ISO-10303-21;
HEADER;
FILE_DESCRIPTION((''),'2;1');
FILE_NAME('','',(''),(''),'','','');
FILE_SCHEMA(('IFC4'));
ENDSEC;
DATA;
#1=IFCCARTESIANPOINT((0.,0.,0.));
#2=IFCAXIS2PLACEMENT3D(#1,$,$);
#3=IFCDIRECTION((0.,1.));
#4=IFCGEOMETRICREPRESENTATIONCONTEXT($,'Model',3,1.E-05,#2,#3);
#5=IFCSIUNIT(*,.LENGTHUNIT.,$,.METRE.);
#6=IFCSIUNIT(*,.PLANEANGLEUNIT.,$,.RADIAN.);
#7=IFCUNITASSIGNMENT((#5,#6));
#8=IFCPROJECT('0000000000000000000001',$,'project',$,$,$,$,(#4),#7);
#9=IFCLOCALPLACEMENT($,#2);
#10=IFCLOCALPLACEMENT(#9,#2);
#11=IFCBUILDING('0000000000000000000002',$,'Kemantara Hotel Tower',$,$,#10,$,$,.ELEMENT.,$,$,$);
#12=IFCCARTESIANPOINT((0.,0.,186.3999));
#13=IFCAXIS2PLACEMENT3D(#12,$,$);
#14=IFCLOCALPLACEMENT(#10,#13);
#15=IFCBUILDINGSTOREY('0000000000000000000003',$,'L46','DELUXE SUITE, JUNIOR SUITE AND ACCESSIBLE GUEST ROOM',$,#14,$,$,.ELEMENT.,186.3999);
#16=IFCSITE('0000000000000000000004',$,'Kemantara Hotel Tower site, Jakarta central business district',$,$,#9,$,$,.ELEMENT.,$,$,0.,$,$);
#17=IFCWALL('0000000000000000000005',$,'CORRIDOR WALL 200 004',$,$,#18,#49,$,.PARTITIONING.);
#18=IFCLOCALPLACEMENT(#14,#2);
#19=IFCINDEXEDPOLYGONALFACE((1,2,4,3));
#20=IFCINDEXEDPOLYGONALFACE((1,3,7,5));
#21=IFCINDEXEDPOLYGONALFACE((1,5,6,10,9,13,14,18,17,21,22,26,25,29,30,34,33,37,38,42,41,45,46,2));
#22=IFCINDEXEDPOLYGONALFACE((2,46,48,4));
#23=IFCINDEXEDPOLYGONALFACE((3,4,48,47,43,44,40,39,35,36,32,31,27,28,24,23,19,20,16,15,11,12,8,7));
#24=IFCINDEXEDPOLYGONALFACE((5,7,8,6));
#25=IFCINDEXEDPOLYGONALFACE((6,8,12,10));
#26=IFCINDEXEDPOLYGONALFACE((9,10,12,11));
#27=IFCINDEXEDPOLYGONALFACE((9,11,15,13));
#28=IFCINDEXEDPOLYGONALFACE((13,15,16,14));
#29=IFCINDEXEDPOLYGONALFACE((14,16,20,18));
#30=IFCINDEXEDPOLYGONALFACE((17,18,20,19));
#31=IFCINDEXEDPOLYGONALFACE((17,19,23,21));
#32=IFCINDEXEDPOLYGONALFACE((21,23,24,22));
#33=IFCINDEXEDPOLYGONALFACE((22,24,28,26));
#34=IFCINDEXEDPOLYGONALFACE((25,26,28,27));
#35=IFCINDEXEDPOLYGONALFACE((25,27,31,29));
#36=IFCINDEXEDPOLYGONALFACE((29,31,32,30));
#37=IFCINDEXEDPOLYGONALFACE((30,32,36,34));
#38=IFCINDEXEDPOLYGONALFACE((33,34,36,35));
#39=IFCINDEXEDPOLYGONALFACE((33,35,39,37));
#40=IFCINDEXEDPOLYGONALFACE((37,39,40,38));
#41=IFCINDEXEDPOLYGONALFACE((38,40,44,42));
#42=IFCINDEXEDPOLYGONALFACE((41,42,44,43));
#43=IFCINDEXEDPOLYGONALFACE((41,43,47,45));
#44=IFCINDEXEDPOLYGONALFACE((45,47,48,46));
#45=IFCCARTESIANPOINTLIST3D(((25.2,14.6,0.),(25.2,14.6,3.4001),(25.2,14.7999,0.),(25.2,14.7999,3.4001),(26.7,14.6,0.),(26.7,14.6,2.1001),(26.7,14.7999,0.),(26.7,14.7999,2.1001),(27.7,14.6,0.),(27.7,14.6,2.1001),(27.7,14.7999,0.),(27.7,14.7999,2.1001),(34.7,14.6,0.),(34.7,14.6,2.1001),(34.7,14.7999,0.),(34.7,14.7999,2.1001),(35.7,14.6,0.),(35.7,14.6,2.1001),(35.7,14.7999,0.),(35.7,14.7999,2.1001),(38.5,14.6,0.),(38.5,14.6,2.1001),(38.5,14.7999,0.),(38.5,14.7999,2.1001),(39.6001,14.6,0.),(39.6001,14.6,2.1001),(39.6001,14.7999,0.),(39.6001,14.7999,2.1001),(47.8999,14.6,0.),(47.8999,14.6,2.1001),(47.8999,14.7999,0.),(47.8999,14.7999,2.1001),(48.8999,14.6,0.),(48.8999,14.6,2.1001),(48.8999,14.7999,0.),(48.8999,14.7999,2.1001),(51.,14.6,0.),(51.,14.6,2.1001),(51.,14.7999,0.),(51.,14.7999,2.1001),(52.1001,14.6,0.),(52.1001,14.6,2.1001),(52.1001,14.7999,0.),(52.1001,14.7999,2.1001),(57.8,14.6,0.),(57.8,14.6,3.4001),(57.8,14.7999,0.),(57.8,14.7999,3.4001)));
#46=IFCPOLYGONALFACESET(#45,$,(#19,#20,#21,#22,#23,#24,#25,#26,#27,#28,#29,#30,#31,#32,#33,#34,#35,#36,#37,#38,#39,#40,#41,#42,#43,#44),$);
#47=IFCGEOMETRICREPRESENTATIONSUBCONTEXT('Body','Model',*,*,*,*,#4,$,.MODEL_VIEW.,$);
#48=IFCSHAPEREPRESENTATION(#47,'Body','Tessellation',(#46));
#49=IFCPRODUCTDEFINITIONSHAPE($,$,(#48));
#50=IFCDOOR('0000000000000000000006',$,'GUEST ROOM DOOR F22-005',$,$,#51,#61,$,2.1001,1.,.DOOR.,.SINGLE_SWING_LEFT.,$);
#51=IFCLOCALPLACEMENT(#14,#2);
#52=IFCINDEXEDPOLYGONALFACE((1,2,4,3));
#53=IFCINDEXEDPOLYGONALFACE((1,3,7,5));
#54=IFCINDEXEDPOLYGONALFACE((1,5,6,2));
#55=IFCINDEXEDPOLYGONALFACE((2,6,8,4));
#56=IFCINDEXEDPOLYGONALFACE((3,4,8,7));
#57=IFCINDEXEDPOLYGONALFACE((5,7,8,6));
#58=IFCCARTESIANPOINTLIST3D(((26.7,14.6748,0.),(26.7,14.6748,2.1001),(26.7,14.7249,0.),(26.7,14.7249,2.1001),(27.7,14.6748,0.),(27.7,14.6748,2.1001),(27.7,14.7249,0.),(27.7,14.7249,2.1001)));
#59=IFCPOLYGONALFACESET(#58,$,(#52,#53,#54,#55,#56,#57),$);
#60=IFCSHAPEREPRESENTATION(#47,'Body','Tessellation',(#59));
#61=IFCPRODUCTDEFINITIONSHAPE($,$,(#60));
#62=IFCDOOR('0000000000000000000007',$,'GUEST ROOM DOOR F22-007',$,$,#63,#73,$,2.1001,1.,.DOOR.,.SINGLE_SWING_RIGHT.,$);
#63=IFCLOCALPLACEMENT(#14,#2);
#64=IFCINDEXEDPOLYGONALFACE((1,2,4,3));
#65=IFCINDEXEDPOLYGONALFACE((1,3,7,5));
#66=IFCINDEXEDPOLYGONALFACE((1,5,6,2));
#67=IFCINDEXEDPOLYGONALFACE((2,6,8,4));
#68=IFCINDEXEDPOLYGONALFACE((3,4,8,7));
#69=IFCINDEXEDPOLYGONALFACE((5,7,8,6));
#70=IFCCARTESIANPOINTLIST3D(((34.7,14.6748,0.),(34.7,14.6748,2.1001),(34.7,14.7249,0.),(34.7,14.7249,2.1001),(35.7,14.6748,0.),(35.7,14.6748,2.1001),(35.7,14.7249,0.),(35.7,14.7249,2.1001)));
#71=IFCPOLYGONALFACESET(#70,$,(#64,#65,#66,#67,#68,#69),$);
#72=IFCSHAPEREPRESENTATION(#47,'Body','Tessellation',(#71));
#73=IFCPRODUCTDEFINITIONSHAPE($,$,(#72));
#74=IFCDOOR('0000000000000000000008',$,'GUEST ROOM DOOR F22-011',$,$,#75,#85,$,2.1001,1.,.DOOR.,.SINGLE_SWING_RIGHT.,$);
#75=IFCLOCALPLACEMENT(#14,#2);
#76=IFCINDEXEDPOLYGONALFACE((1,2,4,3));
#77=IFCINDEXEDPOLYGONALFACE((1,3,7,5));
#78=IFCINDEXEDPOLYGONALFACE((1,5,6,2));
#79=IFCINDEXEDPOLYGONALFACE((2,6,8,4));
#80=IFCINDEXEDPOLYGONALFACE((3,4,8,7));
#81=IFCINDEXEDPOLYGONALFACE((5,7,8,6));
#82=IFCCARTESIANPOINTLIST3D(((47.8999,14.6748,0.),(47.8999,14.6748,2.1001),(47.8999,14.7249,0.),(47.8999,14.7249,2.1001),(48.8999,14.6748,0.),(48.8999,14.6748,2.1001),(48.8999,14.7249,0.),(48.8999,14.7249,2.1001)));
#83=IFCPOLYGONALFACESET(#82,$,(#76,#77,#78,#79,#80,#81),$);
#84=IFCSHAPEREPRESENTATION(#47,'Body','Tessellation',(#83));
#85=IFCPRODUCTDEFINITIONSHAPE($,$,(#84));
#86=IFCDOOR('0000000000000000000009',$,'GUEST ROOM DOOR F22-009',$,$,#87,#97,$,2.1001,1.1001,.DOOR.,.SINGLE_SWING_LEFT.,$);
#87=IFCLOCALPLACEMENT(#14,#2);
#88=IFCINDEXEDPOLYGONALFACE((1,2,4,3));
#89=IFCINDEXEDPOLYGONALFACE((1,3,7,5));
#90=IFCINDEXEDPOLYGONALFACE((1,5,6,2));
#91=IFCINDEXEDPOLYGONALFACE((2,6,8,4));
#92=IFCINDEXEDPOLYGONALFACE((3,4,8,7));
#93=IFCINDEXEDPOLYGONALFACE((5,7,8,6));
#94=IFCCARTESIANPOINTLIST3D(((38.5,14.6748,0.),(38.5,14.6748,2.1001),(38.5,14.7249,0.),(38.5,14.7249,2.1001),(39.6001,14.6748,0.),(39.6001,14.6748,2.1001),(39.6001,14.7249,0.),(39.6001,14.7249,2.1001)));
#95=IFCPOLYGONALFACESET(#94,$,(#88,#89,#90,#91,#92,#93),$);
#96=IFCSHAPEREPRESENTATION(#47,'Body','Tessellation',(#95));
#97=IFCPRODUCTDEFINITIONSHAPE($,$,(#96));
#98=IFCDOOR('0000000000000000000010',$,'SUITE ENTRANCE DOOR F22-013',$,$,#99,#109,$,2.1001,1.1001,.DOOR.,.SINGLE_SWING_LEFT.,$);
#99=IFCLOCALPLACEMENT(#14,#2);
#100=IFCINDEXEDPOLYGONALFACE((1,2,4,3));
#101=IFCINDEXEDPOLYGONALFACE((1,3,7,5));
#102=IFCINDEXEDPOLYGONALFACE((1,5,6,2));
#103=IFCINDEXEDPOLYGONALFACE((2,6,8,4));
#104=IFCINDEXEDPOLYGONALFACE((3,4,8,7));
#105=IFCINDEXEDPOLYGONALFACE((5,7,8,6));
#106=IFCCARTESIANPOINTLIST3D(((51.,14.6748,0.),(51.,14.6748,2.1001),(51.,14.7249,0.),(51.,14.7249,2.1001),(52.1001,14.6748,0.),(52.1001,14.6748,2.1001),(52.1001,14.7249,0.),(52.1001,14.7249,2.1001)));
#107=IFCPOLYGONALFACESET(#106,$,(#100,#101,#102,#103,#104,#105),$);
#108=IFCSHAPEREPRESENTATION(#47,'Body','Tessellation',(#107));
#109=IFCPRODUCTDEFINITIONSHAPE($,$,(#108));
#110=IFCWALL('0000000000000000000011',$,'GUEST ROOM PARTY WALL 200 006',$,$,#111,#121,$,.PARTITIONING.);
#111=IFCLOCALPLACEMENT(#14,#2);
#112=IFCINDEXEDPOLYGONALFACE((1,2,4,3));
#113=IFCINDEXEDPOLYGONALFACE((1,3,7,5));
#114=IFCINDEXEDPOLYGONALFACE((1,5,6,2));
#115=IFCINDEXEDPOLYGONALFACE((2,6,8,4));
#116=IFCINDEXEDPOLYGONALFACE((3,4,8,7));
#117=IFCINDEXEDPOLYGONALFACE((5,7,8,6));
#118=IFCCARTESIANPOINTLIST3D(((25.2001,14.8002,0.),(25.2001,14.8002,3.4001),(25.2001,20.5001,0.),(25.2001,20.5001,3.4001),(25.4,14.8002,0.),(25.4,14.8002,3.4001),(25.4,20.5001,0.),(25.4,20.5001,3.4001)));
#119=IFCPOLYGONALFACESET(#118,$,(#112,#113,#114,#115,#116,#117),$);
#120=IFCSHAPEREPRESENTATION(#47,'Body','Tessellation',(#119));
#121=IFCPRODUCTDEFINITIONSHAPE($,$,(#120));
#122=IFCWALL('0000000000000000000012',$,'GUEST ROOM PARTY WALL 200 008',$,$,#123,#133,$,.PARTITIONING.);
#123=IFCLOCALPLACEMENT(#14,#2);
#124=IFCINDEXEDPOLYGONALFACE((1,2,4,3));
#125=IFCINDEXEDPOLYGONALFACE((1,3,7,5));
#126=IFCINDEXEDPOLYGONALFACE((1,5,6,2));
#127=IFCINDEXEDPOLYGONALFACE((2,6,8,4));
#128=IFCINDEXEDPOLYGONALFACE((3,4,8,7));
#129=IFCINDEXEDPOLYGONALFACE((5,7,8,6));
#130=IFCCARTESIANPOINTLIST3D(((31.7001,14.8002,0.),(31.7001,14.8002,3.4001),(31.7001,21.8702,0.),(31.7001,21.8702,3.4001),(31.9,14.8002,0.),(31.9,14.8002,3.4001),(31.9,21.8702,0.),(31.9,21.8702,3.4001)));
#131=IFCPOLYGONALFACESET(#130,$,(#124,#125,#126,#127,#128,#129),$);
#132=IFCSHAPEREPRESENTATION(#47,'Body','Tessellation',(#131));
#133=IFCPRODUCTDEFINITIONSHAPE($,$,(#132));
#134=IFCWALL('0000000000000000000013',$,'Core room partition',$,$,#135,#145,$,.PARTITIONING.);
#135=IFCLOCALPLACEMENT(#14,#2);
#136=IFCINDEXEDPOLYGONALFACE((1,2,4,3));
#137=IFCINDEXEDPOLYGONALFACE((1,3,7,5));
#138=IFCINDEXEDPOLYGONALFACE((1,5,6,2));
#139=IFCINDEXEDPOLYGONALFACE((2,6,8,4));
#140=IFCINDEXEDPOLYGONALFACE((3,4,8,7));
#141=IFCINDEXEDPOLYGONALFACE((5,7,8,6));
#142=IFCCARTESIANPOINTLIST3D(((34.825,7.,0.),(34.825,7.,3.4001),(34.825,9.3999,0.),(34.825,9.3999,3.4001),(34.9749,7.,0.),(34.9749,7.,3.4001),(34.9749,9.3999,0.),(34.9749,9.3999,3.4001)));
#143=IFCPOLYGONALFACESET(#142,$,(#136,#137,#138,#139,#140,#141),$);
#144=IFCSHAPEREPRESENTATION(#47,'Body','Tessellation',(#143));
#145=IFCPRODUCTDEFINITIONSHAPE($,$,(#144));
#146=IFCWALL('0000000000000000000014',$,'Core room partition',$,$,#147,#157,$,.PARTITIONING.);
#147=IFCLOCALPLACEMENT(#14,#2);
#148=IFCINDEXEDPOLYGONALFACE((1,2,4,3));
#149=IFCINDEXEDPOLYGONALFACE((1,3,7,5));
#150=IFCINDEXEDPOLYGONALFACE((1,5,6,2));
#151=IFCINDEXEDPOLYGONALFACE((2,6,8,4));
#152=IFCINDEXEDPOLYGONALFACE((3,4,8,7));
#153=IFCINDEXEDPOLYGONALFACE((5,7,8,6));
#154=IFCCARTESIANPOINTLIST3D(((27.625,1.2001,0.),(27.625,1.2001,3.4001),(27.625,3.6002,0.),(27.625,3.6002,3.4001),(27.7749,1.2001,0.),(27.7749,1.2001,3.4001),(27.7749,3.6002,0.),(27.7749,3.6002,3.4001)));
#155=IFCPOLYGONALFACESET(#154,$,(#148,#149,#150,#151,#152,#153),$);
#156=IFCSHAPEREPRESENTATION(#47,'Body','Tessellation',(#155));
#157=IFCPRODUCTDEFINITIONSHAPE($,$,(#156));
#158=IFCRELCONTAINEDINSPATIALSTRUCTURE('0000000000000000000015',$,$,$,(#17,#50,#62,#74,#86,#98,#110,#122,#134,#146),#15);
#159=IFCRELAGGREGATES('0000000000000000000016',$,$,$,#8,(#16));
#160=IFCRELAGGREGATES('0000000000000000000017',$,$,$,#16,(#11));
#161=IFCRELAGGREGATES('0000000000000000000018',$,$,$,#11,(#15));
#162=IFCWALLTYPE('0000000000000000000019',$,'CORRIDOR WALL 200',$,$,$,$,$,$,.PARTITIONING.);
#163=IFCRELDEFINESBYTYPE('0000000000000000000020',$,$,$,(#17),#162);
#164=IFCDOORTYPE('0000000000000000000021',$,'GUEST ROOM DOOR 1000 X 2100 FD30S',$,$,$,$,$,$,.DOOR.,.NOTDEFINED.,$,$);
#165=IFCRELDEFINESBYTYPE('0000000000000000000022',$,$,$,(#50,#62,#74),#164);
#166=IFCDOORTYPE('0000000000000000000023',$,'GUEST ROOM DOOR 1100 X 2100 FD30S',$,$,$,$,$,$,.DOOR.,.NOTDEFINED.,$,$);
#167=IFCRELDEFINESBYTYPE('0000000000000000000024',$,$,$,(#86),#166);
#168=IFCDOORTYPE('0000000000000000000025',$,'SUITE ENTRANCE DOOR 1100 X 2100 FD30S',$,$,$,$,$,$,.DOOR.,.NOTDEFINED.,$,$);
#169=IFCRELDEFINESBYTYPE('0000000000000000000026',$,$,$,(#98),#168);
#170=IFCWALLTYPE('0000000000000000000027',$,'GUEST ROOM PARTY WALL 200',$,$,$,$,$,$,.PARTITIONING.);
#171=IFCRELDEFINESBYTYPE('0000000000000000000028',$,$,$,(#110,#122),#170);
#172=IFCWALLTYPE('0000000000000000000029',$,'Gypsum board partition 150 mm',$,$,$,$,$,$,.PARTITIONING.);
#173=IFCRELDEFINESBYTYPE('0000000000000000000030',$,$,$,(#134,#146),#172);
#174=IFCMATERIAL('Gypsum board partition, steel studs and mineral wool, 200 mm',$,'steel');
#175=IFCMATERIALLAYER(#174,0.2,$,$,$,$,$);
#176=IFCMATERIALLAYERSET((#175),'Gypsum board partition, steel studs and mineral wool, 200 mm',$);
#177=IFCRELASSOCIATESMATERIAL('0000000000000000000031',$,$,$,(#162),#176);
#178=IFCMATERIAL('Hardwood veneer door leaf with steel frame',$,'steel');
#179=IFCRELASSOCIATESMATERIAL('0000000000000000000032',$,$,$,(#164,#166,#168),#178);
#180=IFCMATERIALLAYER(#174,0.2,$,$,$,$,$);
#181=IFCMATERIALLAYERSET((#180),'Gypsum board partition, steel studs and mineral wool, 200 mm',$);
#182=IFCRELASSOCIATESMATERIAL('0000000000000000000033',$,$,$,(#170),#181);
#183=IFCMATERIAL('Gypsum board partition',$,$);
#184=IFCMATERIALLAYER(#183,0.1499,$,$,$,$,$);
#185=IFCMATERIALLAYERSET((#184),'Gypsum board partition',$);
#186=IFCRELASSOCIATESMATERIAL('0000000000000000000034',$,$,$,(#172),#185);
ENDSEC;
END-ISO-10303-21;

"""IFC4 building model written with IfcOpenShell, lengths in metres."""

from ifc_helpers import new_model, si_unit, direction, frame, frame_2d, origin, place, context, subcontext, project, spatial, rectangle, extrude, material, layer, layer_set, type_object, element, fill, save


model = new_model("IFC4")

# Units and contexts
model_context = context("Model", 3, precision=1e-05, world=origin(), true_north=direction((0.0, 1.0)))
body_context = subcontext(model_context, "Body", "Model", "MODEL_VIEW")
ifc_project = project(units=[si_unit("LENGTHUNIT", "METRE"), si_unit("PLANEANGLEUNIT", "RADIAN")], contexts=[model_context])

# Site, building, storey
site_placement = place(None, origin())
site = spatial("IfcSite", under=ifc_project, at=site_placement, Name="Kemantara Hotel Tower site, Jakarta central business district", CompositionType="ELEMENT", RefElevation=0.0)
building_placement = place(site_placement, origin())
building = spatial("IfcBuilding", under=site, at=building_placement, Name="Kemantara Hotel Tower", CompositionType="ELEMENT")
storey_placement = place(building_placement, frame((0.0, 0.0, 186.3999)))
storey = spatial("IfcBuildingStorey", under=building, at=storey_placement, Name="L46", Description="DELUXE SUITE, JUNIOR SUITE AND ACCESSIBLE GUEST ROOM", CompositionType="ELEMENT", Elevation=186.3999)

# Wall, openings, doors
ifc_material_1 = material(Name="Gypsum board partition, steel studs and mineral wool, 200 mm", Category="steel")
ifc_layer_1 = layer(ifc_material_1, 0.2)
ifc_layer_set_1 = layer_set([ifc_layer_1], Name="Gypsum board partition, steel studs and mineral wool, 200 mm")
wall_type_1 = type_object("IfcWallType", Name="CORRIDOR WALL 200", PredefinedType="PARTITIONING", material=ifc_layer_set_1)
wall_1_placement = place(storey_placement, frame((25.2, 14.7, 0.0), z_axis=(0.0, 0.0, 1.0), x_axis=(1.0, 0.0, 0.0)))
wall_1 = element("IfcWall", 1, at=wall_1_placement, inside=storey, type_object=wall_type_1, Name="CORRIDOR WALL 200 004", PredefinedType="PARTITIONING", context=body_context, shape_type="SweptSolid", body=[
    extrude(rectangle(XDim=32.6001, YDim=0.2, at=frame_2d((16.3, 0.0))), origin(), (0.0, 0.0, 1.0), 3.4001),
])
opening_1_placement = place(wall_1_placement, frame((1.5, 0.0, 0.0)))
opening_1 = element("IfcOpeningElement", 2, at=opening_1_placement, cuts=wall_1, PredefinedType="OPENING", context=body_context, shape_type="SweptSolid", body=[
    extrude(rectangle(XDim=1.0, YDim=2.1001, at=frame_2d((0.5, 1.05))), frame((0.0, 0.1099, 0.0), z_axis=(0.0, -1.0, 0.0), x_axis=(1.0, 0.0, 0.0)), (0.0, 0.0, 1.0), 0.22),
])
opening_2_placement = place(wall_1_placement, frame((9.5, 0.0, 0.0)))
opening_2 = element("IfcOpeningElement", 3, at=opening_2_placement, cuts=wall_1, PredefinedType="OPENING", context=body_context, shape_type="SweptSolid", body=[
    extrude(rectangle(XDim=1.0, YDim=2.1001, at=frame_2d((0.5, 1.05))), frame((0.0, 0.1099, 0.0), z_axis=(0.0, -1.0, 0.0), x_axis=(1.0, 0.0, 0.0)), (0.0, 0.0, 1.0), 0.22),
])
opening_3_placement = place(wall_1_placement, frame((13.3, 0.0, 0.0)))
opening_3 = element("IfcOpeningElement", 4, at=opening_3_placement, cuts=wall_1, PredefinedType="OPENING", context=body_context, shape_type="SweptSolid", body=[
    extrude(rectangle(XDim=1.1001, YDim=2.1001, at=frame_2d((0.55, 1.05))), frame((0.0, 0.1099, 0.0), z_axis=(0.0, -1.0, 0.0), x_axis=(1.0, 0.0, 0.0)), (0.0, 0.0, 1.0), 0.22),
])
opening_4_placement = place(wall_1_placement, frame((22.7, 0.0, 0.0)))
opening_4 = element("IfcOpeningElement", 5, at=opening_4_placement, cuts=wall_1, PredefinedType="OPENING", context=body_context, shape_type="SweptSolid", body=[
    extrude(rectangle(XDim=1.0, YDim=2.1001, at=frame_2d((0.5, 1.05))), frame((0.0, 0.1099, 0.0), z_axis=(0.0, -1.0, 0.0), x_axis=(1.0, 0.0, 0.0)), (0.0, 0.0, 1.0), 0.22),
])
opening_5_placement = place(wall_1_placement, frame((25.8, 0.0, 0.0)))
opening_5 = element("IfcOpeningElement", 6, at=opening_5_placement, cuts=wall_1, PredefinedType="OPENING", context=body_context, shape_type="SweptSolid", body=[
    extrude(rectangle(XDim=1.1001, YDim=2.1001, at=frame_2d((0.55, 1.05))), frame((0.0, 0.1099, 0.0), z_axis=(0.0, -1.0, 0.0), x_axis=(1.0, 0.0, 0.0)), (0.0, 0.0, 1.0), 0.22),
])
ifc_material_2 = material(Name="Hardwood veneer door leaf with steel frame", Category="steel")
door_type_1 = type_object("IfcDoorType", Name="GUEST ROOM DOOR 1000 X 2100 FD30S", OperationType="NOTDEFINED", PredefinedType="DOOR", material=ifc_material_2)
door_1_placement = place(opening_1_placement, origin())
door_1 = element("IfcDoor", 7, at=door_1_placement, inside=storey, type_object=door_type_1, Name="GUEST ROOM DOOR F22-005", OperationType="SINGLE_SWING_LEFT", OverallHeight=2.1001, OverallWidth=1.0, PredefinedType="DOOR", context=body_context, shape_type="SweptSolid", body=[
    extrude(rectangle(XDim=1.0, YDim=2.1001, at=frame_2d((0.5, 1.05))), frame((0.0, 0.0249, 0.0), z_axis=(0.0, -1.0, 0.0), x_axis=(1.0, 0.0, 0.0)), (0.0, 0.0, 1.0), 0.05),
])
fill(opening_1, door_1)
door_2_placement = place(opening_2_placement, origin())
door_2 = element("IfcDoor", 8, at=door_2_placement, inside=storey, type_object=door_type_1, Name="GUEST ROOM DOOR F22-007", OperationType="SINGLE_SWING_RIGHT", OverallHeight=2.1001, OverallWidth=1.0, PredefinedType="DOOR", context=body_context, shape_type="SweptSolid", body=[
    extrude(rectangle(XDim=1.0, YDim=2.1001, at=frame_2d((0.5, 1.05))), frame((0.0, 0.0249, 0.0), z_axis=(0.0, -1.0, 0.0), x_axis=(1.0, 0.0, 0.0)), (0.0, 0.0, 1.0), 0.05),
])
fill(opening_2, door_2)
door_3_placement = place(opening_4_placement, origin())
door_3 = element("IfcDoor", 9, at=door_3_placement, inside=storey, type_object=door_type_1, Name="GUEST ROOM DOOR F22-011", OperationType="SINGLE_SWING_RIGHT", OverallHeight=2.1001, OverallWidth=1.0, PredefinedType="DOOR", context=body_context, shape_type="SweptSolid", body=[
    extrude(rectangle(XDim=1.0, YDim=2.1001, at=frame_2d((0.5, 1.05))), frame((0.0, 0.0249, 0.0), z_axis=(0.0, -1.0, 0.0), x_axis=(1.0, 0.0, 0.0)), (0.0, 0.0, 1.0), 0.05),
])
fill(opening_4, door_3)
door_type_2 = type_object("IfcDoorType", Name="GUEST ROOM DOOR 1100 X 2100 FD30S", OperationType="NOTDEFINED", PredefinedType="DOOR", material=ifc_material_2)
door_4_placement = place(opening_3_placement, origin())
door_4 = element("IfcDoor", 10, at=door_4_placement, inside=storey, type_object=door_type_2, Name="GUEST ROOM DOOR F22-009", OperationType="SINGLE_SWING_LEFT", OverallHeight=2.1001, OverallWidth=1.1001, PredefinedType="DOOR", context=body_context, shape_type="SweptSolid", body=[
    extrude(rectangle(XDim=1.1001, YDim=2.1001, at=frame_2d((0.55, 1.05))), frame((0.0, 0.0249, 0.0), z_axis=(0.0, -1.0, 0.0), x_axis=(1.0, 0.0, 0.0)), (0.0, 0.0, 1.0), 0.05),
])
fill(opening_3, door_4)
door_type_3 = type_object("IfcDoorType", Name="SUITE ENTRANCE DOOR 1100 X 2100 FD30S", OperationType="NOTDEFINED", PredefinedType="DOOR", material=ifc_material_2)
door_5_placement = place(opening_5_placement, origin())
door_5 = element("IfcDoor", 11, at=door_5_placement, inside=storey, type_object=door_type_3, Name="SUITE ENTRANCE DOOR F22-013", OperationType="SINGLE_SWING_LEFT", OverallHeight=2.1001, OverallWidth=1.1001, PredefinedType="DOOR", context=body_context, shape_type="SweptSolid", body=[
    extrude(rectangle(XDim=1.1001, YDim=2.1001, at=frame_2d((0.55, 1.05))), frame((0.0, 0.0249, 0.0), z_axis=(0.0, -1.0, 0.0), x_axis=(1.0, 0.0, 0.0)), (0.0, 0.0, 1.0), 0.05),
])
fill(opening_5, door_5)

# Walls
ifc_layer_2 = layer(ifc_material_1, 0.2)
ifc_layer_set_2 = layer_set([ifc_layer_2], Name="Gypsum board partition, steel studs and mineral wool, 200 mm")
wall_type_2 = type_object("IfcWallType", Name="GUEST ROOM PARTY WALL 200", PredefinedType="PARTITIONING", material=ifc_layer_set_2)
wall_2_placement = place(storey_placement, frame((25.3, 14.8, 0.0), z_axis=(0.0, 0.0, 1.0), x_axis=(0.0, 1.0, 0.0)))
element("IfcWall", 12, at=wall_2_placement, inside=storey, type_object=wall_type_2, Name="GUEST ROOM PARTY WALL 200 006", PredefinedType="PARTITIONING", context=body_context, shape_type="SweptSolid", body=[
    extrude(rectangle(XDim=5.7, YDim=0.2, at=frame_2d((2.8501, 0.0))), origin(), (0.0, 0.0, 1.0), 3.4001),
])
wall_3_placement = place(storey_placement, frame((31.8, 14.8, 0.0), z_axis=(0.0, 0.0, 1.0), x_axis=(0.0, 1.0, 0.0)))
element("IfcWall", 13, at=wall_3_placement, inside=storey, type_object=wall_type_2, Name="GUEST ROOM PARTY WALL 200 008", PredefinedType="PARTITIONING", context=body_context, shape_type="SweptSolid", body=[
    extrude(rectangle(XDim=7.0701, YDim=0.2, at=frame_2d((3.5352, 0.0))), origin(), (0.0, 0.0, 1.0), 3.4001),
])
ifc_material_3 = material(Name="Gypsum board partition")
ifc_layer_3 = layer(ifc_material_3, 0.1499)
ifc_layer_set_3 = layer_set([ifc_layer_3], Name="Gypsum board partition")
wall_type_3 = type_object("IfcWallType", Name="Gypsum board partition 150 mm", PredefinedType="PARTITIONING", material=ifc_layer_set_3)
wall_4_placement = place(storey_placement, frame((34.8999, 7.0, 0.0), z_axis=(0.0, 0.0, 1.0), x_axis=(0.0, 1.0, 0.0)))
element("IfcWall", 14, at=wall_4_placement, inside=storey, type_object=wall_type_3, Name="Core room partition", PredefinedType="PARTITIONING", context=body_context, shape_type="SweptSolid", body=[
    extrude(rectangle(XDim=2.3999, YDim=0.1499, at=frame_2d((1.2, 0.0))), origin(), (0.0, 0.0, 1.0), 3.4001),
])
wall_5_placement = place(storey_placement, frame((27.7, 1.2, 0.0), z_axis=(0.0, 0.0, 1.0), x_axis=(0.0, 1.0, 0.0)))
element("IfcWall", 15, at=wall_5_placement, inside=storey, type_object=wall_type_3, Name="Core room partition", PredefinedType="PARTITIONING", context=body_context, shape_type="SweptSolid", body=[
    extrude(rectangle(XDim=2.4001, YDim=0.1499, at=frame_2d((1.2002, 0.0))), origin(), (0.0, 0.0, 1.0), 3.4001),
])

save(model, "model.ifc")
